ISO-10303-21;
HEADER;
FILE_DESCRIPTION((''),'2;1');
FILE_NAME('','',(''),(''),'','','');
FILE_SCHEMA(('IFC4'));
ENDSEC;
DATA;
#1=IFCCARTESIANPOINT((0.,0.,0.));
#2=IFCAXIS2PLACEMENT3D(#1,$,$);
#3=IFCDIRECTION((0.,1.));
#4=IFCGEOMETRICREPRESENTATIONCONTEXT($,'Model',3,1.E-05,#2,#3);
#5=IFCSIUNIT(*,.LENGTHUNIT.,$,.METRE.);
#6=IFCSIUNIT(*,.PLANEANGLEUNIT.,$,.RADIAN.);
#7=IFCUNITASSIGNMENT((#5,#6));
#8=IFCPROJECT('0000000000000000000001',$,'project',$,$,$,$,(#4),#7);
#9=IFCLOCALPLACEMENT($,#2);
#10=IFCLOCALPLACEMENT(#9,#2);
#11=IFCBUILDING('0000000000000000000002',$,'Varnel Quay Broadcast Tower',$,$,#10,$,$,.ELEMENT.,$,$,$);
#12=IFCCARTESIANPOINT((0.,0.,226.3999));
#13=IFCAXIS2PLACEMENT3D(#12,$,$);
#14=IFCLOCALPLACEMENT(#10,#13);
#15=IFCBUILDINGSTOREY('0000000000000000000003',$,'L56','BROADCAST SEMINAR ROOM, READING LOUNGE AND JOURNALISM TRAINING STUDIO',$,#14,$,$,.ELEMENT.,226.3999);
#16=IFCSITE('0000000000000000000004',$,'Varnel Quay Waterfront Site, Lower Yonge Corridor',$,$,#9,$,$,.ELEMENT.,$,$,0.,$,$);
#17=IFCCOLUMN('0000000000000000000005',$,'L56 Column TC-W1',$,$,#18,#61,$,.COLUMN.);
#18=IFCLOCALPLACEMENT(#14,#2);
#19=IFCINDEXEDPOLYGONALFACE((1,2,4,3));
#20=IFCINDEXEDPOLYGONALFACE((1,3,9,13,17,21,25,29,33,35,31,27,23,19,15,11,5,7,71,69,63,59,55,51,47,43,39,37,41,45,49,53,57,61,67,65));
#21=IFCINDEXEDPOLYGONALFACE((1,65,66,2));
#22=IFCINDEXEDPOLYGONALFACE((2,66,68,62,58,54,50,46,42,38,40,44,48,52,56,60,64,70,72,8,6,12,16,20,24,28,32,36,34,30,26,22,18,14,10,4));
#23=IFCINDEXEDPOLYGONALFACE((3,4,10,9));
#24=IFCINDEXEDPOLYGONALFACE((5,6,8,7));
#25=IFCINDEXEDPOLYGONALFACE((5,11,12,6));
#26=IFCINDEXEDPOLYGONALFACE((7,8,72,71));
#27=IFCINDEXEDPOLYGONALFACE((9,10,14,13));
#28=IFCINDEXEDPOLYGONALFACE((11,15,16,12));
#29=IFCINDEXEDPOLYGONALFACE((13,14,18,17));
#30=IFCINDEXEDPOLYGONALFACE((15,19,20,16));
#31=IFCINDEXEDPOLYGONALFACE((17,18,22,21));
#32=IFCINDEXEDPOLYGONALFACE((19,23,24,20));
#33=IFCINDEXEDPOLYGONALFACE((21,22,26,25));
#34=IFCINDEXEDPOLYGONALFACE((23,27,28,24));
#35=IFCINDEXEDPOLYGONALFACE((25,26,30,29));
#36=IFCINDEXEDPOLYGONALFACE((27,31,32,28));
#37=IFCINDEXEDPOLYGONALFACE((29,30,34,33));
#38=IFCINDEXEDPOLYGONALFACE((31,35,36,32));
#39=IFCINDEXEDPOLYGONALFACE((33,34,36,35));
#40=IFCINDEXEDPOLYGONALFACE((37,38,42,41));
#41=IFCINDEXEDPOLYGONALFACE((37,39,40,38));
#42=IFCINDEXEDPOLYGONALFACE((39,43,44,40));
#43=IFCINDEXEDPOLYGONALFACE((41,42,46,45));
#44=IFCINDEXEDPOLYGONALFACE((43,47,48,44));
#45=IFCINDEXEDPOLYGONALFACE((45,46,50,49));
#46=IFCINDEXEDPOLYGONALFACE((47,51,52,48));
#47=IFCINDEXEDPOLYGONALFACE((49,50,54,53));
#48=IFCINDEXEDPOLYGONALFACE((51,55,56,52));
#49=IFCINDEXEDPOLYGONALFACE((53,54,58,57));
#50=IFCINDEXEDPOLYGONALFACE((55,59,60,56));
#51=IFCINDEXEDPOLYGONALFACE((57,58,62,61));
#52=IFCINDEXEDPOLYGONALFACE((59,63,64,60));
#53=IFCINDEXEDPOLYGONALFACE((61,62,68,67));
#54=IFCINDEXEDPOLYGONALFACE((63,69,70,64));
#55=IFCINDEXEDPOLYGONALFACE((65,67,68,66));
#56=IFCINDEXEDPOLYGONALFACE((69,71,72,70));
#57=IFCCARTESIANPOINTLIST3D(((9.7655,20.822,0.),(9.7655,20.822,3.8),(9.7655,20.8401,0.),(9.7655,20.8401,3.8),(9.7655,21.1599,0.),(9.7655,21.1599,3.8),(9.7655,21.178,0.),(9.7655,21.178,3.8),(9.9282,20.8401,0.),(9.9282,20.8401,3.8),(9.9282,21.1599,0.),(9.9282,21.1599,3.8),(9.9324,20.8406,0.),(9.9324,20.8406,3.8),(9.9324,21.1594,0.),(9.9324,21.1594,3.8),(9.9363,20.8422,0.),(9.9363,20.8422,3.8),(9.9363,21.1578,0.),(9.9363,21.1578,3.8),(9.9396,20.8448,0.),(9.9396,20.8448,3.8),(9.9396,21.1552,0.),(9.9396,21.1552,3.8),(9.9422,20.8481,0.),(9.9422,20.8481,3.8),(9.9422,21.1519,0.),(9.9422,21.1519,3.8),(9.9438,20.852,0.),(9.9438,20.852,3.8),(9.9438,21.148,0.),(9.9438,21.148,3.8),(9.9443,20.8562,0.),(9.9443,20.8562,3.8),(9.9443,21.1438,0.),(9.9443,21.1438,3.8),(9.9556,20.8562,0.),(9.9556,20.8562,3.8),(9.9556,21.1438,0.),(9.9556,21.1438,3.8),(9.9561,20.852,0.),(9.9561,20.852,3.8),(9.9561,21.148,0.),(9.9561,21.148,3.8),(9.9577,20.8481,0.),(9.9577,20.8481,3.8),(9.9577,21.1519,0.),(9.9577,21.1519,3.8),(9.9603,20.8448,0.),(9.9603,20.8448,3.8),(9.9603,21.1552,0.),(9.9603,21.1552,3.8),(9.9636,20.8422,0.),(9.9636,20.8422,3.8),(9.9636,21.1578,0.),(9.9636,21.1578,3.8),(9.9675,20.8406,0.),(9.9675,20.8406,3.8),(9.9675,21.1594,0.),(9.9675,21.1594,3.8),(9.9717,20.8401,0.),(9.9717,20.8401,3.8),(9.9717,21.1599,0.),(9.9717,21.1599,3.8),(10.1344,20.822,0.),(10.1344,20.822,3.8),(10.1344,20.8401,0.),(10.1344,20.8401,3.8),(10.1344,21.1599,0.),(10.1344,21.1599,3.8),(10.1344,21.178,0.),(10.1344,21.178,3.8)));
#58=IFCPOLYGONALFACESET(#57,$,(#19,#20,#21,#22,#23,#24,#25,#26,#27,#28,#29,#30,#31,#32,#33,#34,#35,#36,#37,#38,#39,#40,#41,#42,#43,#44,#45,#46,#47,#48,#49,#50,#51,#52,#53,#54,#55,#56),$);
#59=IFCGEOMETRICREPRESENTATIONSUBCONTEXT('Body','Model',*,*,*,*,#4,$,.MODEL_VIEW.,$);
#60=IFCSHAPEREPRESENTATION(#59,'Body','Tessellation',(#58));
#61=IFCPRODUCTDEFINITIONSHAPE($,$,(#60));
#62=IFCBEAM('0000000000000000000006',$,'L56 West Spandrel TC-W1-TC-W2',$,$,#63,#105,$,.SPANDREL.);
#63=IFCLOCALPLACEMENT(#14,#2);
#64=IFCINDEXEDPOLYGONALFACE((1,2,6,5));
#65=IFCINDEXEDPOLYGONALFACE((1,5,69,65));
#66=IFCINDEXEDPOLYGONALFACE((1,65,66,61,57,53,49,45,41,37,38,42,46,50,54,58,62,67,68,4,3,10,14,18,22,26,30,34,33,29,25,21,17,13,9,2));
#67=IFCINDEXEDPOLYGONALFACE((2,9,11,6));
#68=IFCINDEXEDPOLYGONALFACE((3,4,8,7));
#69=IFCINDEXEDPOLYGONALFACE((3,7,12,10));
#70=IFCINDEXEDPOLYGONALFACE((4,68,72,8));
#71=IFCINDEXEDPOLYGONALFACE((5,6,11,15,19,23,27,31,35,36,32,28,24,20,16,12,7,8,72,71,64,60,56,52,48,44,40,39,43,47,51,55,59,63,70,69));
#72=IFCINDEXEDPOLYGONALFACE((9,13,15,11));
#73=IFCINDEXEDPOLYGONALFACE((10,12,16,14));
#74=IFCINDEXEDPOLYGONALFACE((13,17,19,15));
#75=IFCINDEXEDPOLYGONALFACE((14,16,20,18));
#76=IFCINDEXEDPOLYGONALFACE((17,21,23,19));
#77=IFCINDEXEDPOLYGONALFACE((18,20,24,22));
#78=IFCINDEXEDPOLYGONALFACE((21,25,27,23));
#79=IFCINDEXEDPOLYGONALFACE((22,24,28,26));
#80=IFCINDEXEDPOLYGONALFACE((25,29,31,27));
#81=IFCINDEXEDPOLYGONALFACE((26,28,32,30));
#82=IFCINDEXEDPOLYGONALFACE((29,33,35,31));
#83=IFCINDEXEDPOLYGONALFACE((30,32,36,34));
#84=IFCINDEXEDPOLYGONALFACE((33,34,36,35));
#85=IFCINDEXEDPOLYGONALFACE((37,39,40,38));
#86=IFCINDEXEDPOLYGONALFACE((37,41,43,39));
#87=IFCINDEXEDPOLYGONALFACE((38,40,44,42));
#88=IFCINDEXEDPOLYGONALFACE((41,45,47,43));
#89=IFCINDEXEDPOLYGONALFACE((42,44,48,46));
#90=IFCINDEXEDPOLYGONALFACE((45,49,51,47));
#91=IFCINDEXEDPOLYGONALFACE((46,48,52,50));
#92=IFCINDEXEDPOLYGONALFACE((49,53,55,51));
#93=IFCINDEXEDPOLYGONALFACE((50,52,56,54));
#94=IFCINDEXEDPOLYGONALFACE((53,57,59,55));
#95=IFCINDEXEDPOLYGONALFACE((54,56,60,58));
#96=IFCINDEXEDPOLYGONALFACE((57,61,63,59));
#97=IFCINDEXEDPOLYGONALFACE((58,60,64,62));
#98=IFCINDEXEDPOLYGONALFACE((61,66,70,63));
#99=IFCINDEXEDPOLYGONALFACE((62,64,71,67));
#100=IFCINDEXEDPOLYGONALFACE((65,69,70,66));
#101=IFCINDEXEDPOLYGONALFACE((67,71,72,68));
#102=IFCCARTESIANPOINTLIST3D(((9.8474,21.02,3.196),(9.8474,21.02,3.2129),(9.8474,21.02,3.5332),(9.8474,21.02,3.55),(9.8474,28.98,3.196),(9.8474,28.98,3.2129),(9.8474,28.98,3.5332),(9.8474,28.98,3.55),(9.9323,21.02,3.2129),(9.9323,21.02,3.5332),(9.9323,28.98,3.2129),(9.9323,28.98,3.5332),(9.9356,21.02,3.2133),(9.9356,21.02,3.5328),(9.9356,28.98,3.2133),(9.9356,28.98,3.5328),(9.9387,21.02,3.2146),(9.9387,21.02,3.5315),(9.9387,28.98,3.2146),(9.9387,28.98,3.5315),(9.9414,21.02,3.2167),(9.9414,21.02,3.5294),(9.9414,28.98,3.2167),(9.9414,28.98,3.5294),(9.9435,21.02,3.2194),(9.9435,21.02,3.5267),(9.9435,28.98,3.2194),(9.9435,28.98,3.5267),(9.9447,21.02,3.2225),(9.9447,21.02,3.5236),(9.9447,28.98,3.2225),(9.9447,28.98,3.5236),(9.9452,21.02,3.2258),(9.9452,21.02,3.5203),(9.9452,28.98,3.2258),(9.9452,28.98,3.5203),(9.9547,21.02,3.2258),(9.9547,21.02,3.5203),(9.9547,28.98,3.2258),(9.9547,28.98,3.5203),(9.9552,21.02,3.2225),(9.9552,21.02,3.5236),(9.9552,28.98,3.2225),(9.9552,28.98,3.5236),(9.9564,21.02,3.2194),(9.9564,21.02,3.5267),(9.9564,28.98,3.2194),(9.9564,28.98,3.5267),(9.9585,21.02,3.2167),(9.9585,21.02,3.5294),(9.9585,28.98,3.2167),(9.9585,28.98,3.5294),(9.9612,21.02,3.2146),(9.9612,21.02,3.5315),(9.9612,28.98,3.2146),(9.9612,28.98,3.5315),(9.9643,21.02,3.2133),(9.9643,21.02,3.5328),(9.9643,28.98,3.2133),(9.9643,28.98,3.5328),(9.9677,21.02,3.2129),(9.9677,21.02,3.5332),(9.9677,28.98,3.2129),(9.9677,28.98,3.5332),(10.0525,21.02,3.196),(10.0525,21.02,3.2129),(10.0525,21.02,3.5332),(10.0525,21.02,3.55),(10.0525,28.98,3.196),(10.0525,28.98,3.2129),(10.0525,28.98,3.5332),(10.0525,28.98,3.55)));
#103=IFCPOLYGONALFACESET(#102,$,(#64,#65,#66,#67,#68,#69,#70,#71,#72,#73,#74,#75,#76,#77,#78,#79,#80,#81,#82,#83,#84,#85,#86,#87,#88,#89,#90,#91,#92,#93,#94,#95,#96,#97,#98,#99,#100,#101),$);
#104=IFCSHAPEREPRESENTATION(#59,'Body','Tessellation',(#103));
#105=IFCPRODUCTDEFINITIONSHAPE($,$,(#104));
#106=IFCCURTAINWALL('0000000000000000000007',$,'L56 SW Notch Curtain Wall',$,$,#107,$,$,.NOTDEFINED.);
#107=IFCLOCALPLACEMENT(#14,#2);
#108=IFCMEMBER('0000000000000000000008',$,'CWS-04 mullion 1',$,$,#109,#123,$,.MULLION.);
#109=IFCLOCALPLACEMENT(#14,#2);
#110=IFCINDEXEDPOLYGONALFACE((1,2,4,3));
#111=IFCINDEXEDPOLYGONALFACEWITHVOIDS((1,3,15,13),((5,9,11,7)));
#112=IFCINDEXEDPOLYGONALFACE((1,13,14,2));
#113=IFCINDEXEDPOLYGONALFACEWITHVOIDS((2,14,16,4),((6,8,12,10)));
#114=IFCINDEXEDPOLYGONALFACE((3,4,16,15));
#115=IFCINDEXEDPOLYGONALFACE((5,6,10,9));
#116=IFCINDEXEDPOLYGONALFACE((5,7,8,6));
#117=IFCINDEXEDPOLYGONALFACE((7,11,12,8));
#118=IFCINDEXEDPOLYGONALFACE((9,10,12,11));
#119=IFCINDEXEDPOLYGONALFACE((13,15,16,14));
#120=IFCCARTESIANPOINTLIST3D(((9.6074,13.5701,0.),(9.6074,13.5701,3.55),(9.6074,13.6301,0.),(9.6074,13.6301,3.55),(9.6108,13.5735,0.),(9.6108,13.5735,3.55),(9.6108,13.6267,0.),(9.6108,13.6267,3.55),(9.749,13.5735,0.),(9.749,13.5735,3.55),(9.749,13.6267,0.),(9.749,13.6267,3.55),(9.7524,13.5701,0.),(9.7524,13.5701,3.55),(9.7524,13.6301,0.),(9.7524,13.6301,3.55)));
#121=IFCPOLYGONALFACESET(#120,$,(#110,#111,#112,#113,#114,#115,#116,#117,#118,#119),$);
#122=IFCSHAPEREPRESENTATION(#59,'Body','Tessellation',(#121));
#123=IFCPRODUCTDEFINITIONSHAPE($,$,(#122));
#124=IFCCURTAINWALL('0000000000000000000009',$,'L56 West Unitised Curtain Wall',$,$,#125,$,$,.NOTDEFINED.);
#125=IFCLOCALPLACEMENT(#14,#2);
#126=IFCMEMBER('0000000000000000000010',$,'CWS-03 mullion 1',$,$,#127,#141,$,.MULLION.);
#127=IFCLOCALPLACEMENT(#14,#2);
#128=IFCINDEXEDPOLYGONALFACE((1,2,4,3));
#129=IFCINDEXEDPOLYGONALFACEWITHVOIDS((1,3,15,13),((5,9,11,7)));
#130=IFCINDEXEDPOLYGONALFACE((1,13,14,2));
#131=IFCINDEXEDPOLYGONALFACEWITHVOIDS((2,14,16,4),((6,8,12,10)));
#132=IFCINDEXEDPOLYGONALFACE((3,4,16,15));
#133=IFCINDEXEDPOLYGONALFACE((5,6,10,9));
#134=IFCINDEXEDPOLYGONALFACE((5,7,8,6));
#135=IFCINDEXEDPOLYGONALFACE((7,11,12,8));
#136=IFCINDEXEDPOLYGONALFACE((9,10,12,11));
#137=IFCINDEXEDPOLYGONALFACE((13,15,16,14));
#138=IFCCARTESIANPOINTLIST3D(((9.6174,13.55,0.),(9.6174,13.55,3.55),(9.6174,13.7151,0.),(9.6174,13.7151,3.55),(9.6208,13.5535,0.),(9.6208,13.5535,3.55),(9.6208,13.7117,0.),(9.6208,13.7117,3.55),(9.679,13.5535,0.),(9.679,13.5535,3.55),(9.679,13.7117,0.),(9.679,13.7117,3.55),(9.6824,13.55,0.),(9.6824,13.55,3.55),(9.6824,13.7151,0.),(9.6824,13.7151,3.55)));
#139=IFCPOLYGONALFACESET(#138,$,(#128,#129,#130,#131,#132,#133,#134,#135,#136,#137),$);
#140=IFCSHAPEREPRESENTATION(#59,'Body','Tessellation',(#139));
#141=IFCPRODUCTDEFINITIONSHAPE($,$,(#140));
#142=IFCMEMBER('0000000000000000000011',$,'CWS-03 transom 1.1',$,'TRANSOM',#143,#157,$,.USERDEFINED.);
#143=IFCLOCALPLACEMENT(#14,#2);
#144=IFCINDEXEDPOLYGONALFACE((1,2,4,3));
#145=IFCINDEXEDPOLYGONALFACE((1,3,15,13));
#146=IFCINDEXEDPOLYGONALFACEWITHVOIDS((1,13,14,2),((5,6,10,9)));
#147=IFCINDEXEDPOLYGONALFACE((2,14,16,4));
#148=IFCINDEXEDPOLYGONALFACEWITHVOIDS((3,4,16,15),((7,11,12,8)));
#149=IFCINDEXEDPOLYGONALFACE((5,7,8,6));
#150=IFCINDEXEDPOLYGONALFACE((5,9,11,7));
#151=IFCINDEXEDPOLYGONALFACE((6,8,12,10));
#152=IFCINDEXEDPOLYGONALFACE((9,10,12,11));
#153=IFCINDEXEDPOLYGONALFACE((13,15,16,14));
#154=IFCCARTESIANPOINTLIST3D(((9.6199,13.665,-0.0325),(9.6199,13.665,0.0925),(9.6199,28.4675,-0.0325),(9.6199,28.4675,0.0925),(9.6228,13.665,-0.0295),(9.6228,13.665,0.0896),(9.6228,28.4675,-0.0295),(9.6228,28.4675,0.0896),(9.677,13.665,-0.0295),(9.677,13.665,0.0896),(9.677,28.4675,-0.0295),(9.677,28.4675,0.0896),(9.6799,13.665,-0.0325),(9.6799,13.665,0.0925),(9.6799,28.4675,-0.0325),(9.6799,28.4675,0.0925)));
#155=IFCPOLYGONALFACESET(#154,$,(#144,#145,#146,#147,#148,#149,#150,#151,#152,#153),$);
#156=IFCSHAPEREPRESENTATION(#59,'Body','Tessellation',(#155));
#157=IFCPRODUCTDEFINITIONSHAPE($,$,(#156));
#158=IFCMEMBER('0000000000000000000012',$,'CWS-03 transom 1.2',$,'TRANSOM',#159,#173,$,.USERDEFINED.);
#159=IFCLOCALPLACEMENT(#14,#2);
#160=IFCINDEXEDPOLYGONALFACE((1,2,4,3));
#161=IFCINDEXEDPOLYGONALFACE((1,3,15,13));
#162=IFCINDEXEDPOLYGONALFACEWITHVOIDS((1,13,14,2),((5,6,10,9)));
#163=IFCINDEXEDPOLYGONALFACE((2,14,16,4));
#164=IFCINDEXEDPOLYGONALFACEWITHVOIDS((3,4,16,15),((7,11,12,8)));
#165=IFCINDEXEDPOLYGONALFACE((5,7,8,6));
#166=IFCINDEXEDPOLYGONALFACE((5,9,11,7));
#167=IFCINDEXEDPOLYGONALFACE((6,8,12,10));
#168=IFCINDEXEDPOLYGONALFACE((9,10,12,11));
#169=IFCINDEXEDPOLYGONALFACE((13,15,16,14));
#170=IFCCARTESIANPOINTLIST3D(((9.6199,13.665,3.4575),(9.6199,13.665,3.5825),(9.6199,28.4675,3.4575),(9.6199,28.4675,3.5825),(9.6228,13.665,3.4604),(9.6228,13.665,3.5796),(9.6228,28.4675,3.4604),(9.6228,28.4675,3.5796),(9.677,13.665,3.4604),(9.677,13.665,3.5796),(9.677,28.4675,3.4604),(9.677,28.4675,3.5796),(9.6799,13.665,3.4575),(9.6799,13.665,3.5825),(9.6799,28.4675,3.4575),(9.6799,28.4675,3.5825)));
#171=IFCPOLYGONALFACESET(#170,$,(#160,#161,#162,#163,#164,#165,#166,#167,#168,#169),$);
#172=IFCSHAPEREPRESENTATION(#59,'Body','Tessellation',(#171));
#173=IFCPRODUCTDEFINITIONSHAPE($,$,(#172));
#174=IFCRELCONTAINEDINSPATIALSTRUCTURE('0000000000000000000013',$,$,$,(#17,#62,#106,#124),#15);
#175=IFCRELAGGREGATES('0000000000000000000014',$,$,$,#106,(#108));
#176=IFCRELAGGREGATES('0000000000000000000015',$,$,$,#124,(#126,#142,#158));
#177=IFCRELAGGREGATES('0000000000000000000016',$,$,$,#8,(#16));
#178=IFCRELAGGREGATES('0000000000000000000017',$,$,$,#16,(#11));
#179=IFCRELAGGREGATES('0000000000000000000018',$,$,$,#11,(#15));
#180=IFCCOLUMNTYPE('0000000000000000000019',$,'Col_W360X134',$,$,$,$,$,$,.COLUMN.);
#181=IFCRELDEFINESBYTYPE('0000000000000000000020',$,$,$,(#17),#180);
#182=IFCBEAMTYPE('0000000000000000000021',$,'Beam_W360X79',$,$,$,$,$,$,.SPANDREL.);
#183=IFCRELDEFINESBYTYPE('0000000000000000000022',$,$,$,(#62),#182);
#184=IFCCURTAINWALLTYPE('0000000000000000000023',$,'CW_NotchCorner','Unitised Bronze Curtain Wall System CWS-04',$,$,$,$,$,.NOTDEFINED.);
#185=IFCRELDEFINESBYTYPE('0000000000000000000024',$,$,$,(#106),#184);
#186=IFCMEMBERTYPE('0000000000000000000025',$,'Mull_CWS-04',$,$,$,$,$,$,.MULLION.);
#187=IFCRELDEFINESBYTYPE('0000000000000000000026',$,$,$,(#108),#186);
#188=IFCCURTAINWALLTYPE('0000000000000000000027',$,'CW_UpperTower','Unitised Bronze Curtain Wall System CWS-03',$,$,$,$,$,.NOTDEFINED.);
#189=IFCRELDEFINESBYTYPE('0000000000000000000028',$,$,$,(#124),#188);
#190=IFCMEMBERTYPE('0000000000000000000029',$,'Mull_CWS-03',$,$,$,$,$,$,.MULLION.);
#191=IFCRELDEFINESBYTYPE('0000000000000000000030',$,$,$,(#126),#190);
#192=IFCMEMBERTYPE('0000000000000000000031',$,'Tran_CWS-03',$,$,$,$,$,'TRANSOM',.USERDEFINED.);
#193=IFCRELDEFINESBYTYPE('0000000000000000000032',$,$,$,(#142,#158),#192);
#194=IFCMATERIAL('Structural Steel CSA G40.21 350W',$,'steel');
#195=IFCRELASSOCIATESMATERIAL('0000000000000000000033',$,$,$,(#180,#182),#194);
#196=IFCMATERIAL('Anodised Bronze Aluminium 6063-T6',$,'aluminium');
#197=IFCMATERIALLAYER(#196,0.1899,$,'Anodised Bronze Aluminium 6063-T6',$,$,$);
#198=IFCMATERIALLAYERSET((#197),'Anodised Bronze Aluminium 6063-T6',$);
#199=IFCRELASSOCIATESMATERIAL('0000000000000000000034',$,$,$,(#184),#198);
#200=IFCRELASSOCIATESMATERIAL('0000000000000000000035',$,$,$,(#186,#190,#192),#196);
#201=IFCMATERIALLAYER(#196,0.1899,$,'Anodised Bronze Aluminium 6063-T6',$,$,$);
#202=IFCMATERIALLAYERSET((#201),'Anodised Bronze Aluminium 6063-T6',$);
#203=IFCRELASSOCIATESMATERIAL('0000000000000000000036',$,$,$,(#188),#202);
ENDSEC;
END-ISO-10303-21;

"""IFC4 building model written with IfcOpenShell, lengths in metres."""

from ifc_helpers import new_model, si_unit, direction, frame, origin, origin_2d, place, context, subcontext, project, spatial, hollow_rectangle, i_section, extrude, source, transform, mapped, material, layer, layer_set, material_profile, profile_set, type_object, type_shapes, element, aggregate, save


model = new_model("IFC4")

# Units and contexts
model_context = context("Model", 3, precision=1e-05, world=origin(), true_north=direction((0.0, 1.0)))
body_context = subcontext(model_context, "Body", "Model", "MODEL_VIEW")
ifc_project = project(units=[si_unit("LENGTHUNIT", "METRE"), si_unit("PLANEANGLEUNIT", "RADIAN")], contexts=[model_context])

# Site, building, storey
site_placement = place(None, origin())
site = spatial("IfcSite", under=ifc_project, at=site_placement, Name="Varnel Quay Waterfront Site, Lower Yonge Corridor", CompositionType="ELEMENT", RefElevation=0.0)
building_placement = place(site_placement, origin())
building = spatial("IfcBuilding", under=site, at=building_placement, Name="Varnel Quay Broadcast Tower", CompositionType="ELEMENT")
storey_placement = place(building_placement, frame((0.0, 0.0, 226.3999)))
storey = spatial("IfcBuildingStorey", under=building, at=storey_placement, Name="L56", Description="BROADCAST SEMINAR ROOM, READING LOUNGE AND JOURNALISM TRAINING STUDIO", CompositionType="ELEMENT", Elevation=226.3999)

# Column
ifc_material_1 = material(Name="Structural Steel CSA G40.21 350W", Category="steel")
ifc_material_profile_1 = material_profile(ifc_material_1, i_section(OverallWidth=0.3689, OverallDepth=0.356, WebThickness=0.0112, FlangeThickness=0.0181, FilletRadius=0.0161, at=origin_2d()), Name="W360X134")
ifc_profile_set_1 = profile_set([ifc_material_profile_1], Name="Structural Steel CSA G40.21 350W")
column_type = type_object("IfcColumnType", Name="Col_W360X134", PredefinedType="COLUMN", material=ifc_profile_set_1)
shared_shape_1 = source(origin(), body_context, "Body", "SweptSolid", [
    extrude(i_section(OverallWidth=0.3689, OverallDepth=0.356, WebThickness=0.0112, FlangeThickness=0.0181, FilletRadius=0.0161, at=origin_2d()), origin(), (0.0, 0.0, 1.0), 3.8),
])
type_shapes(column_type, [shared_shape_1])
column_placement = place(storey_placement, frame((9.95, 21.0, 0.0), z_axis=(0.0, 0.0, 1.0), x_axis=(1.0, 0.0, 0.0)))
element("IfcColumn", 1, at=column_placement, inside=storey, type_object=column_type, Name="L56 Column TC-W1", PredefinedType="COLUMN", context=body_context, shape_type="MappedRepresentation", body=[
    mapped(shared_shape_1, transform((0.0, 0.0, 0.0), x_axis=(1.0, 0.0, 0.0), y_axis=(0.0, 1.0, 0.0), z_axis=(0.0, 0.0, 1.0), scale=1.0)),
])

# Beam
ifc_material_profile_2 = material_profile(ifc_material_1, i_section(OverallWidth=0.2051, OverallDepth=0.354, WebThickness=0.0095, FlangeThickness=0.0168, FilletRadius=0.0129, at=origin_2d()), Name="W360X79")
ifc_profile_set_2 = profile_set([ifc_material_profile_2], Name="Structural Steel CSA G40.21 350W")
beam_type = type_object("IfcBeamType", Name="Beam_W360X79", PredefinedType="SPANDREL", material=ifc_profile_set_2)
shared_shape_2 = source(origin(), body_context, "Body", "SweptSolid", [
    extrude(i_section(OverallWidth=0.2051, OverallDepth=0.354, WebThickness=0.0095, FlangeThickness=0.0168, FilletRadius=0.0129, at=origin_2d()), origin(), (0.0, 0.0, 1.0), 7.96),
])
type_shapes(beam_type, [shared_shape_2])
beam_placement = place(storey_placement, frame((9.95, 21.02, 3.373), z_axis=(0.0, 1.0, 0.0), x_axis=(-1.0, 0.0, 0.0)))
element("IfcBeam", 2, at=beam_placement, inside=storey, type_object=beam_type, Name="L56 West Spandrel TC-W1-TC-W2", PredefinedType="SPANDREL", context=body_context, shape_type="MappedRepresentation", body=[
    mapped(shared_shape_2, transform((0.0, 0.0, 0.0), x_axis=(1.0, 0.0, 0.0), y_axis=(0.0, 1.0, 0.0), z_axis=(0.0, 0.0, 1.0), scale=1.0)),
])

# Curtain wall, member
ifc_material_2 = material(Name="Anodised Bronze Aluminium 6063-T6", Category="aluminium")
ifc_layer_1 = layer(ifc_material_2, 0.1899, Name="Anodised Bronze Aluminium 6063-T6")
ifc_layer_set_1 = layer_set([ifc_layer_1], Name="Anodised Bronze Aluminium 6063-T6")
curtain_wall_type_1 = type_object("IfcCurtainWallType", Name="CW_NotchCorner", Description="Unitised Bronze Curtain Wall System CWS-04", PredefinedType="NOTDEFINED", material=ifc_layer_set_1)
curtain_wall_1_placement = place(storey_placement, origin())
curtain_wall_1 = element("IfcCurtainWall", 3, at=curtain_wall_1_placement, inside=storey, type_object=curtain_wall_type_1, Name="L56 SW Notch Curtain Wall", PredefinedType="NOTDEFINED")
ifc_material_profile_3 = material_profile(ifc_material_2, hollow_rectangle(XDim=0.0601, YDim=0.145, WallThickness=0.0034, at=origin_2d()), Name="ALU60X145X3.5")
ifc_profile_set_3 = profile_set([ifc_material_profile_3], Name="Anodised Bronze Aluminium 6063-T6")
member_type_1 = type_object("IfcMemberType", Name="Mull_CWS-04", PredefinedType="MULLION", material=ifc_profile_set_3)
shared_shape_3 = source(origin(), body_context, "Body", "SweptSolid", [
    extrude(hollow_rectangle(XDim=0.0601, YDim=0.145, WallThickness=0.0034, at=origin_2d()), origin(), (0.0, 0.0, 1.0), 3.55),
])
type_shapes(member_type_1, [shared_shape_3])
member_1_placement = place(storey_placement, frame((9.6799, 13.6001, 0.0), z_axis=(0.0, 0.0, 1.0), x_axis=(0.0, 1.0, 0.0)))
member_1 = element("IfcMember", 4, at=member_1_placement, type_object=member_type_1, Name="CWS-04 mullion 1", PredefinedType="MULLION", context=body_context, shape_type="MappedRepresentation", body=[
    mapped(shared_shape_3, transform((0.0, 0.0, 0.0), x_axis=(1.0, 0.0, 0.0), y_axis=(0.0, 1.0, 0.0), z_axis=(0.0, 0.0, 1.0), scale=1.0)),
])

# Curtain wall, members
ifc_layer_2 = layer(ifc_material_2, 0.1899, Name="Anodised Bronze Aluminium 6063-T6")
ifc_layer_set_2 = layer_set([ifc_layer_2], Name="Anodised Bronze Aluminium 6063-T6")
curtain_wall_type_2 = type_object("IfcCurtainWallType", Name="CW_UpperTower", Description="Unitised Bronze Curtain Wall System CWS-03", PredefinedType="NOTDEFINED", material=ifc_layer_set_2)
curtain_wall_2_placement = place(storey_placement, origin())
curtain_wall_2 = element("IfcCurtainWall", 5, at=curtain_wall_2_placement, inside=storey, type_object=curtain_wall_type_2, Name="L56 West Unitised Curtain Wall", PredefinedType="NOTDEFINED")
ifc_material_profile_4 = material_profile(ifc_material_2, hollow_rectangle(XDim=0.0649, YDim=0.165, WallThickness=0.0034, at=origin_2d()), Name="ALU65X165X3.5")
ifc_profile_set_4 = profile_set([ifc_material_profile_4], Name="Anodised Bronze Aluminium 6063-T6")
member_type_2 = type_object("IfcMemberType", Name="Mull_CWS-03", PredefinedType="MULLION", material=ifc_profile_set_4)
shared_shape_4 = source(origin(), body_context, "Body", "SweptSolid", [
    extrude(hollow_rectangle(XDim=0.0649, YDim=0.165, WallThickness=0.0034, at=origin_2d()), origin(), (0.0, 0.0, 1.0), 3.55),
])
type_shapes(member_type_2, [shared_shape_4])
member_2_placement = place(storey_placement, frame((9.6499, 13.6326, 0.0), z_axis=(0.0, 0.0, 1.0), x_axis=(-1.0, 0.0, 0.0)))
member_2 = element("IfcMember", 6, at=member_2_placement, type_object=member_type_2, Name="CWS-03 mullion 1", PredefinedType="MULLION", context=body_context, shape_type="MappedRepresentation", body=[
    mapped(shared_shape_4, transform((0.0, 0.0, 0.0), x_axis=(1.0, 0.0, 0.0), y_axis=(0.0, 1.0, 0.0), z_axis=(0.0, 0.0, 1.0), scale=1.0)),
])
ifc_material_profile_5 = material_profile(ifc_material_2, hollow_rectangle(XDim=0.0601, YDim=0.125, WallThickness=0.0029, at=origin_2d()), Name="ALU60X125X3")
ifc_profile_set_5 = profile_set([ifc_material_profile_5], Name="Anodised Bronze Aluminium 6063-T6")
member_type_3 = type_object("IfcMemberType", Name="Tran_CWS-03", ElementType="TRANSOM", PredefinedType="USERDEFINED", material=ifc_profile_set_5)
shared_shape_5 = source(origin(), body_context, "Body", "SweptSolid", [
    extrude(hollow_rectangle(XDim=0.0601, YDim=0.125, WallThickness=0.0029, at=origin_2d()), origin(), (0.0, 0.0, 1.0), 14.8025),
])
type_shapes(member_type_3, [shared_shape_5])
member_3_placement = place(storey_placement, frame((9.6499, 13.665, 0.03), z_axis=(0.0, 1.0, 0.0), x_axis=(-1.0, 0.0, 0.0)))
member_3 = element("IfcMember", 7, at=member_3_placement, type_object=member_type_3, Name="CWS-03 transom 1.1", ObjectType="TRANSOM", PredefinedType="USERDEFINED", context=body_context, shape_type="MappedRepresentation", body=[
    mapped(shared_shape_5, transform((0.0, 0.0, 0.0), x_axis=(1.0, 0.0, 0.0), y_axis=(0.0, 1.0, 0.0), z_axis=(0.0, 0.0, 1.0), scale=1.0)),
])
member_4_placement = place(storey_placement, frame((9.6499, 13.665, 3.52), z_axis=(0.0, 1.0, 0.0), x_axis=(-1.0, 0.0, 0.0)))
member_4 = element("IfcMember", 8, at=member_4_placement, type_object=member_type_3, Name="CWS-03 transom 1.2", ObjectType="TRANSOM", PredefinedType="USERDEFINED", context=body_context, shape_type="MappedRepresentation", body=[
    mapped(shared_shape_5, transform((0.0, 0.0, 0.0), x_axis=(1.0, 0.0, 0.0), y_axis=(0.0, 1.0, 0.0), z_axis=(0.0, 0.0, 1.0), scale=1.0)),
])

aggregate(curtain_wall_1, [member_1])

aggregate(curtain_wall_2, [member_2, member_3, member_4])

save(model, "model.ifc")
